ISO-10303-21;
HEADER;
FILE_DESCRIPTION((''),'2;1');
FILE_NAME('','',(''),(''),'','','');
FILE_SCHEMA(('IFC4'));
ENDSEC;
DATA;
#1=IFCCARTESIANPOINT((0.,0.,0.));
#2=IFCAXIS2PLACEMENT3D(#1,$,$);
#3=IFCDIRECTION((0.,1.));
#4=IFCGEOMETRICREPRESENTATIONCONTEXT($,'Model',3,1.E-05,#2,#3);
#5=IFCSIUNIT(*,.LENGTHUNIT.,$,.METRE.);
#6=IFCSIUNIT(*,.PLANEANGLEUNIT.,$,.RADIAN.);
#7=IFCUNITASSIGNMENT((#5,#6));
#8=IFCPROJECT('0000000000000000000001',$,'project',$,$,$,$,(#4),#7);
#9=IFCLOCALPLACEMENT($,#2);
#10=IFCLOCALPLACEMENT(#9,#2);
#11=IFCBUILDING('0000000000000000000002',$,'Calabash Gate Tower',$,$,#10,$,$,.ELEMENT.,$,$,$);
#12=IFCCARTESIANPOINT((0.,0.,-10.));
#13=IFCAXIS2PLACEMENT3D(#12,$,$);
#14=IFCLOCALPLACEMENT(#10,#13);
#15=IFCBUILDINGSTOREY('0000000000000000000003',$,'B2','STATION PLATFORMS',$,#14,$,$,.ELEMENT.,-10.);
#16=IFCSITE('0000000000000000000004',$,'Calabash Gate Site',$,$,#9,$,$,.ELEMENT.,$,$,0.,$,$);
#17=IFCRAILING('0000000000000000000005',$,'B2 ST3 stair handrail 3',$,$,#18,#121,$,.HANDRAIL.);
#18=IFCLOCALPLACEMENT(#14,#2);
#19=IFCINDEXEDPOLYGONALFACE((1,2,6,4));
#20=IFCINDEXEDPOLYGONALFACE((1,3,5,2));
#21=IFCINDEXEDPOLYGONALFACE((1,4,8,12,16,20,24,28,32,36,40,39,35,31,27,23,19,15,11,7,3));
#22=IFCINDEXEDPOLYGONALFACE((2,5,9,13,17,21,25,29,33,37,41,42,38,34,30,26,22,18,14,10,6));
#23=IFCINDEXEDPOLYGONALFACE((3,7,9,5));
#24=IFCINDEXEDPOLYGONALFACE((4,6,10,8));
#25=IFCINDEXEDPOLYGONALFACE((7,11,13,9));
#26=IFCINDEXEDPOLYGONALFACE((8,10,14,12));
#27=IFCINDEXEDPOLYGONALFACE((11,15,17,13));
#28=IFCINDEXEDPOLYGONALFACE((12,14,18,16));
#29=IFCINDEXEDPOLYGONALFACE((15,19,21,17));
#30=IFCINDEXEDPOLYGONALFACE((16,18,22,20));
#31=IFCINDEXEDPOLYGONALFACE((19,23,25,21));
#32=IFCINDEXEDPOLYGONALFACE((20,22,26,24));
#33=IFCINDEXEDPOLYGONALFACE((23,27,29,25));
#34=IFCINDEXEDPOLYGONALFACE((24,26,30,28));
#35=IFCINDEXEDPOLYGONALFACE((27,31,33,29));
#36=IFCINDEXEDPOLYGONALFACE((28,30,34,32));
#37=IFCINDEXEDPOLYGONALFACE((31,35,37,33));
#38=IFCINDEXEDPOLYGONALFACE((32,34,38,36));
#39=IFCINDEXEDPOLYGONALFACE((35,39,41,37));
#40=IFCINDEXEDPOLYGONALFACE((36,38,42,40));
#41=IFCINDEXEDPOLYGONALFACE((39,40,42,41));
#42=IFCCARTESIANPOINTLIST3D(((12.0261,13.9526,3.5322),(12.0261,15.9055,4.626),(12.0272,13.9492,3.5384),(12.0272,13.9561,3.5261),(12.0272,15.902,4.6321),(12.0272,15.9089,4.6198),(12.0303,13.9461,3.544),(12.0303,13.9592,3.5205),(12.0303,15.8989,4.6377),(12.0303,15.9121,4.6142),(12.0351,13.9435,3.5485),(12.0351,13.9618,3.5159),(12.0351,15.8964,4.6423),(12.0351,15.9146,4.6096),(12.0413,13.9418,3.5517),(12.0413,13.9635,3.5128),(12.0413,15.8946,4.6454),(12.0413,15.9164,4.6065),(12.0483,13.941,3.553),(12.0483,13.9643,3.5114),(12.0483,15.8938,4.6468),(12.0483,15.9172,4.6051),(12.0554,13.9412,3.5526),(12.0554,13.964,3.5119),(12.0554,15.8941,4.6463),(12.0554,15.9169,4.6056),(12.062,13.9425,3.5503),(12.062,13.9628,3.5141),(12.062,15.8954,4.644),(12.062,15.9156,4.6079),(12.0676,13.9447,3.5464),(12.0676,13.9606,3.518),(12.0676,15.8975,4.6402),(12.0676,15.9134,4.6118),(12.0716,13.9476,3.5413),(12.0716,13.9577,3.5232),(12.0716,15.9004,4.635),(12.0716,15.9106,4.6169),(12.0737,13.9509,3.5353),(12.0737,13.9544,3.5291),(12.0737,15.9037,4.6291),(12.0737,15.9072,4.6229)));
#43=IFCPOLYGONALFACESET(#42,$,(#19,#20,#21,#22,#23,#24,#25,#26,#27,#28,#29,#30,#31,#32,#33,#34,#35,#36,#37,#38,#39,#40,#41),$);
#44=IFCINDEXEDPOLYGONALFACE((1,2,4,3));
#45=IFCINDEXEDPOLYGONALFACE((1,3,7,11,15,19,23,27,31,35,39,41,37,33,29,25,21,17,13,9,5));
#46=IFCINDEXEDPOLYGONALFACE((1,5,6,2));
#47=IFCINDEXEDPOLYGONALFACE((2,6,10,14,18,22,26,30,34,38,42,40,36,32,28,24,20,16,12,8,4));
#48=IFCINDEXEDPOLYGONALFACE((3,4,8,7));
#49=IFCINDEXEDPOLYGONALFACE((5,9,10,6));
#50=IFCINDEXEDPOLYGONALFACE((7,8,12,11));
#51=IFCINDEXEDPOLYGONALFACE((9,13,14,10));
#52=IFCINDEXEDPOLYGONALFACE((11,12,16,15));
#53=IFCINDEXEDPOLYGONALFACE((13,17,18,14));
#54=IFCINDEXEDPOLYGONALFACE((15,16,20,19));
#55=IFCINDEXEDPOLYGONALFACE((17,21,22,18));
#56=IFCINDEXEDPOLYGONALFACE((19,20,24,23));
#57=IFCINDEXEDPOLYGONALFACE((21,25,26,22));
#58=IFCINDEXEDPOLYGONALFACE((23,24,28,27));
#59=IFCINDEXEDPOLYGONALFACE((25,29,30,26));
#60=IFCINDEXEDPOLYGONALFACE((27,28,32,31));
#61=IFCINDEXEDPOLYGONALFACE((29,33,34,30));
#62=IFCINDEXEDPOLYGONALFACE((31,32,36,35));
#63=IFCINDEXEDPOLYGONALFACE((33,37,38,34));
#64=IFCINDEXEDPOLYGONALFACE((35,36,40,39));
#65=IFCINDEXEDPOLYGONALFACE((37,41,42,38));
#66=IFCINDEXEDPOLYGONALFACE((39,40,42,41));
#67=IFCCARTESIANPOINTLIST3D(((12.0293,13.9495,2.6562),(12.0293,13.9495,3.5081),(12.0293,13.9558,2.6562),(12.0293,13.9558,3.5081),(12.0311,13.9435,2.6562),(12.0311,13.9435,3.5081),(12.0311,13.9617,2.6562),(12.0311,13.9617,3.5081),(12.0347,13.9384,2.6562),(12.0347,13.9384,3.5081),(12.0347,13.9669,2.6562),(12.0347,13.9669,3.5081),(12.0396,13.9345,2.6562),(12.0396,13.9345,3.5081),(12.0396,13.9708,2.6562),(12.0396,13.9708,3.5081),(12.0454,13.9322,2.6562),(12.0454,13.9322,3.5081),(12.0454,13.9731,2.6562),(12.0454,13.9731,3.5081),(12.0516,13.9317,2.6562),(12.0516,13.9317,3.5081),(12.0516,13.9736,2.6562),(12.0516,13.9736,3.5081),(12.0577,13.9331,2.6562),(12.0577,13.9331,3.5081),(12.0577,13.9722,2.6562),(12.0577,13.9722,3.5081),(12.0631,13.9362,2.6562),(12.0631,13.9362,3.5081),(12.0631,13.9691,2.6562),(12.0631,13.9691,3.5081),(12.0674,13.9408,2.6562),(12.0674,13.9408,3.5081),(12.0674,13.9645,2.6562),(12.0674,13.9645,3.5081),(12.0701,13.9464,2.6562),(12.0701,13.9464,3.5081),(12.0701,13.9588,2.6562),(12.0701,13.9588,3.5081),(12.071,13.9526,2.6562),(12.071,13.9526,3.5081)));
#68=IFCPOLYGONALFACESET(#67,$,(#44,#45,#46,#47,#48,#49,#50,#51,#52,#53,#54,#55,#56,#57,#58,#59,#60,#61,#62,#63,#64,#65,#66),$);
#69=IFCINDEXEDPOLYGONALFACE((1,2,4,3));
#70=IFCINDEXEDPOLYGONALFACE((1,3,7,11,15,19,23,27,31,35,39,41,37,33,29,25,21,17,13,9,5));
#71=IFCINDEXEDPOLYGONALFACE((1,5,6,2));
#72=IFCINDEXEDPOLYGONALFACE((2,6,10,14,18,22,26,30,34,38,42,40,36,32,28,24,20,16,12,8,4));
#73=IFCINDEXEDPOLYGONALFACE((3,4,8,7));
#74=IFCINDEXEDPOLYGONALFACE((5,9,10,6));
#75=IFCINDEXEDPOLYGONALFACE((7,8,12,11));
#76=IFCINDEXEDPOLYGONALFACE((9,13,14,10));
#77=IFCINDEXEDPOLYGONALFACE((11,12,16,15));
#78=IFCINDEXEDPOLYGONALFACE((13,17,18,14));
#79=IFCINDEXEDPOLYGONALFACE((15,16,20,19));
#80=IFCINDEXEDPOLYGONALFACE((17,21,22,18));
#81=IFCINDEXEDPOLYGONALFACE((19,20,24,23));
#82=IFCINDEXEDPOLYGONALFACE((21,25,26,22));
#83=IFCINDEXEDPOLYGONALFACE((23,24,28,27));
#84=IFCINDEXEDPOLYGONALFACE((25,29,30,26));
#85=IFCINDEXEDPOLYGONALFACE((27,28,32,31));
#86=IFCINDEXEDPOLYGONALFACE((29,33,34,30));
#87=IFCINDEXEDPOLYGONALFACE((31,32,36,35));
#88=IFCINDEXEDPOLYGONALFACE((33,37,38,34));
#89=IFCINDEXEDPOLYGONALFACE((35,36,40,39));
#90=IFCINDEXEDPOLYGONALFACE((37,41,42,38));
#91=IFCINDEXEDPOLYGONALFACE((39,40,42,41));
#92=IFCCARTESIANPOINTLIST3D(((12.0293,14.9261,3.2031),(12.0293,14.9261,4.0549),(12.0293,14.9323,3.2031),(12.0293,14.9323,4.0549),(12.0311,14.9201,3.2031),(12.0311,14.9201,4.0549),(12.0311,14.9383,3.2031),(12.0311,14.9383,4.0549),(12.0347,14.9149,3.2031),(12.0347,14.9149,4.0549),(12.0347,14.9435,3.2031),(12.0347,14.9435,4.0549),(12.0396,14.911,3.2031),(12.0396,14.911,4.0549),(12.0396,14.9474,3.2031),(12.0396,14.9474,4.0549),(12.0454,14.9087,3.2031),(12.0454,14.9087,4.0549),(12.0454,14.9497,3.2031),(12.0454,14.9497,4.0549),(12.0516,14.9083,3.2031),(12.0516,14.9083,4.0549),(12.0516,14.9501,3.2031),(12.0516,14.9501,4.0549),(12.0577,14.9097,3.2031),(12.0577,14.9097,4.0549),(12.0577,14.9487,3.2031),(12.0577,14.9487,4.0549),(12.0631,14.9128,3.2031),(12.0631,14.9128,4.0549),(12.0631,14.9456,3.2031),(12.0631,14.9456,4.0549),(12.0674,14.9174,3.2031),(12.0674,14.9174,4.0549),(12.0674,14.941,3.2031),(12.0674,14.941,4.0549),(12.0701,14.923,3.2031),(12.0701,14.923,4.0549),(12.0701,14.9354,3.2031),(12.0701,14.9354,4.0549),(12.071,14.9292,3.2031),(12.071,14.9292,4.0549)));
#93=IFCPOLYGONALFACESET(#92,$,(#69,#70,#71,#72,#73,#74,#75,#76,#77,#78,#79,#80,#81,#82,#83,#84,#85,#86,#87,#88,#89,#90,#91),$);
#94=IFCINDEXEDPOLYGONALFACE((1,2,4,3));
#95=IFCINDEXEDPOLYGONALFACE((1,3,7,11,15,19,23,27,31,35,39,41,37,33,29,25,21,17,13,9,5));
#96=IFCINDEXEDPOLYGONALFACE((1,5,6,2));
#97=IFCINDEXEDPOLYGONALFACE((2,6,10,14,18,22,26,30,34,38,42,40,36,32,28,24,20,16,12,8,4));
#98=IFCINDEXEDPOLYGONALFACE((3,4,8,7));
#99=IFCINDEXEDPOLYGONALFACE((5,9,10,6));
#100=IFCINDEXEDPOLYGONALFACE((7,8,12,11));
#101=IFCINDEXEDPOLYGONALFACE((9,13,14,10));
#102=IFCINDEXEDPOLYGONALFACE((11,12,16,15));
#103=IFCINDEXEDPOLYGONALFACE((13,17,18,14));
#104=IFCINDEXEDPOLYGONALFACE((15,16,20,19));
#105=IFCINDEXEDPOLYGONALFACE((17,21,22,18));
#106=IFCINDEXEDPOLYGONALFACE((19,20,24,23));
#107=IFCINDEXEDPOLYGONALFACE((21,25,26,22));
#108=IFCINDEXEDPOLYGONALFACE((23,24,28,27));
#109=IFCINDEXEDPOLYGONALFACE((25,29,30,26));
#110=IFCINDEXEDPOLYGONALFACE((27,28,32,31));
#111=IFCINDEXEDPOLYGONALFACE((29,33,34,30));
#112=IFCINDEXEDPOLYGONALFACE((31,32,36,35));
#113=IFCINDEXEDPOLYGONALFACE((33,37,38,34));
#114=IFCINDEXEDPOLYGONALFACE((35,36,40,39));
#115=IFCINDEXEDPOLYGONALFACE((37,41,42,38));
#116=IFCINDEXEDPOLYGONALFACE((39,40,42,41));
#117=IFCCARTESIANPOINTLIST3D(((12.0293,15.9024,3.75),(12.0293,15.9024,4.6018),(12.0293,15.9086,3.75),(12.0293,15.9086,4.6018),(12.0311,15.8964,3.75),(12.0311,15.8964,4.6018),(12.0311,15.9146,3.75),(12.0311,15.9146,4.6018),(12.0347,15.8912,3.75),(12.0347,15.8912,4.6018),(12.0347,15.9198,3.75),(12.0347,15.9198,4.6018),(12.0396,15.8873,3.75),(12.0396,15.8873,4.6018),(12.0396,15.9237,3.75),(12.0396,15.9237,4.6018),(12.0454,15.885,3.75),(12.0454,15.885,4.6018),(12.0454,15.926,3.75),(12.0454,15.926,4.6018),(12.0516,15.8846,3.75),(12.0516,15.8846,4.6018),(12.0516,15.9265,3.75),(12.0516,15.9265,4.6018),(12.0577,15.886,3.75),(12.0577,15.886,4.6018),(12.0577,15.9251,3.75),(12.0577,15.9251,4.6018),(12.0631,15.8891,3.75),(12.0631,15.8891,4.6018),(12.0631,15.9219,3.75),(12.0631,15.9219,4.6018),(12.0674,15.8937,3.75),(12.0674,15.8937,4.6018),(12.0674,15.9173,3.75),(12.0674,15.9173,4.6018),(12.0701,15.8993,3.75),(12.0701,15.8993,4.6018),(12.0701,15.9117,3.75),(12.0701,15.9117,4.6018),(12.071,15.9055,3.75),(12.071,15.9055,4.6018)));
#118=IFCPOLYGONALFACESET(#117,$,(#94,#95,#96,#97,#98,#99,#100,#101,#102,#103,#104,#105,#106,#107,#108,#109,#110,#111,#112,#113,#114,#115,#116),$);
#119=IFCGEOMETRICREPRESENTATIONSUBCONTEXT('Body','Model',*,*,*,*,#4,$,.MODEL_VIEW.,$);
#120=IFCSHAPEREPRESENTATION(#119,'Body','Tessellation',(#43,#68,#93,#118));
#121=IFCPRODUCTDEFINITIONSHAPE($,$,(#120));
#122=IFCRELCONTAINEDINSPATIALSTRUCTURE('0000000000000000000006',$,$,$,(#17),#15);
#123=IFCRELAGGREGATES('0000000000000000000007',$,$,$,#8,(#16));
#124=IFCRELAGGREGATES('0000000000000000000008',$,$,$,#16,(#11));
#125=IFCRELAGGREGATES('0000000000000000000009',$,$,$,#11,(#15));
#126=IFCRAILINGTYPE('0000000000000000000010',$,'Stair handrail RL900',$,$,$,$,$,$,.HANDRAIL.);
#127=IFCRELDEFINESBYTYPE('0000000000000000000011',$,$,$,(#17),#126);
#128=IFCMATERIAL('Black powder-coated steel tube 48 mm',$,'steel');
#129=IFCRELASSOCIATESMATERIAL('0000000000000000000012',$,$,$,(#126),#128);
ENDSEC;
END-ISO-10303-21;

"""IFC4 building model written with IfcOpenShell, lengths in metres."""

from ifc_helpers import new_model, si_unit, direction, frame, origin, origin_2d, place, context, subcontext, project, spatial, circle, extrude, material, type_object, element, save


model = new_model("IFC4")

# Units and contexts
model_context = context("Model", 3, precision=1e-05, world=origin(), true_north=direction((0.0, 1.0)))
body_context = subcontext(model_context, "Body", "Model", "MODEL_VIEW")
ifc_project = project(units=[si_unit("LENGTHUNIT", "METRE"), si_unit("PLANEANGLEUNIT", "RADIAN")], contexts=[model_context])

# Site, building, storey
site_placement = place(None, origin())
site = spatial("IfcSite", under=ifc_project, at=site_placement, Name="Calabash Gate Site", CompositionType="ELEMENT", RefElevation=0.0)
building_placement = place(site_placement, origin())
building = spatial("IfcBuilding", under=site, at=building_placement, Name="Calabash Gate Tower", CompositionType="ELEMENT")
storey_placement = place(building_placement, frame((0.0, 0.0, -10.0)))
storey = spatial("IfcBuildingStorey", under=building, at=storey_placement, Name="B2", Description="STATION PLATFORMS", CompositionType="ELEMENT", Elevation=-10.0)

# Railing
ifc_material_1 = material(Name="Black powder-coated steel tube 48 mm", Category="steel")
railing_type_1 = type_object("IfcRailingType", Name="Stair handrail RL900", PredefinedType="HANDRAIL", material=ifc_material_1)
railing_1_placement = place(storey_placement, frame((12.05, 13.9526, 2.6562)))
element("IfcRailing", 1, at=railing_1_placement, inside=storey, type_object=railing_type_1, Name="B2 ST3 stair handrail 3", PredefinedType="HANDRAIL", context=body_context, shape_type="SweptSolid", body=[
    extrude(circle(Radius=0.0239, at=origin_2d()), frame((0.0, 0.0, 0.876), z_axis=(0.0, 0.87248, 0.48865), x_axis=(-1.0, 0.0, 0.0)), (0.0, 0.0, 1.0), 2.2383),
    extrude(circle(Radius=0.021, at=origin_2d()), origin(), (0.0, 0.0, 1.0), 0.8518),
    extrude(circle(Radius=0.021, at=origin_2d()), frame((0.0, 0.9766, 0.5469)), (0.0, 0.0, 1.0), 0.8518),
    extrude(circle(Radius=0.021, at=origin_2d()), frame((0.0, 1.9529, 1.0938)), (0.0, 0.0, 1.0), 0.8518),
])

save(model, "model.ifc")
